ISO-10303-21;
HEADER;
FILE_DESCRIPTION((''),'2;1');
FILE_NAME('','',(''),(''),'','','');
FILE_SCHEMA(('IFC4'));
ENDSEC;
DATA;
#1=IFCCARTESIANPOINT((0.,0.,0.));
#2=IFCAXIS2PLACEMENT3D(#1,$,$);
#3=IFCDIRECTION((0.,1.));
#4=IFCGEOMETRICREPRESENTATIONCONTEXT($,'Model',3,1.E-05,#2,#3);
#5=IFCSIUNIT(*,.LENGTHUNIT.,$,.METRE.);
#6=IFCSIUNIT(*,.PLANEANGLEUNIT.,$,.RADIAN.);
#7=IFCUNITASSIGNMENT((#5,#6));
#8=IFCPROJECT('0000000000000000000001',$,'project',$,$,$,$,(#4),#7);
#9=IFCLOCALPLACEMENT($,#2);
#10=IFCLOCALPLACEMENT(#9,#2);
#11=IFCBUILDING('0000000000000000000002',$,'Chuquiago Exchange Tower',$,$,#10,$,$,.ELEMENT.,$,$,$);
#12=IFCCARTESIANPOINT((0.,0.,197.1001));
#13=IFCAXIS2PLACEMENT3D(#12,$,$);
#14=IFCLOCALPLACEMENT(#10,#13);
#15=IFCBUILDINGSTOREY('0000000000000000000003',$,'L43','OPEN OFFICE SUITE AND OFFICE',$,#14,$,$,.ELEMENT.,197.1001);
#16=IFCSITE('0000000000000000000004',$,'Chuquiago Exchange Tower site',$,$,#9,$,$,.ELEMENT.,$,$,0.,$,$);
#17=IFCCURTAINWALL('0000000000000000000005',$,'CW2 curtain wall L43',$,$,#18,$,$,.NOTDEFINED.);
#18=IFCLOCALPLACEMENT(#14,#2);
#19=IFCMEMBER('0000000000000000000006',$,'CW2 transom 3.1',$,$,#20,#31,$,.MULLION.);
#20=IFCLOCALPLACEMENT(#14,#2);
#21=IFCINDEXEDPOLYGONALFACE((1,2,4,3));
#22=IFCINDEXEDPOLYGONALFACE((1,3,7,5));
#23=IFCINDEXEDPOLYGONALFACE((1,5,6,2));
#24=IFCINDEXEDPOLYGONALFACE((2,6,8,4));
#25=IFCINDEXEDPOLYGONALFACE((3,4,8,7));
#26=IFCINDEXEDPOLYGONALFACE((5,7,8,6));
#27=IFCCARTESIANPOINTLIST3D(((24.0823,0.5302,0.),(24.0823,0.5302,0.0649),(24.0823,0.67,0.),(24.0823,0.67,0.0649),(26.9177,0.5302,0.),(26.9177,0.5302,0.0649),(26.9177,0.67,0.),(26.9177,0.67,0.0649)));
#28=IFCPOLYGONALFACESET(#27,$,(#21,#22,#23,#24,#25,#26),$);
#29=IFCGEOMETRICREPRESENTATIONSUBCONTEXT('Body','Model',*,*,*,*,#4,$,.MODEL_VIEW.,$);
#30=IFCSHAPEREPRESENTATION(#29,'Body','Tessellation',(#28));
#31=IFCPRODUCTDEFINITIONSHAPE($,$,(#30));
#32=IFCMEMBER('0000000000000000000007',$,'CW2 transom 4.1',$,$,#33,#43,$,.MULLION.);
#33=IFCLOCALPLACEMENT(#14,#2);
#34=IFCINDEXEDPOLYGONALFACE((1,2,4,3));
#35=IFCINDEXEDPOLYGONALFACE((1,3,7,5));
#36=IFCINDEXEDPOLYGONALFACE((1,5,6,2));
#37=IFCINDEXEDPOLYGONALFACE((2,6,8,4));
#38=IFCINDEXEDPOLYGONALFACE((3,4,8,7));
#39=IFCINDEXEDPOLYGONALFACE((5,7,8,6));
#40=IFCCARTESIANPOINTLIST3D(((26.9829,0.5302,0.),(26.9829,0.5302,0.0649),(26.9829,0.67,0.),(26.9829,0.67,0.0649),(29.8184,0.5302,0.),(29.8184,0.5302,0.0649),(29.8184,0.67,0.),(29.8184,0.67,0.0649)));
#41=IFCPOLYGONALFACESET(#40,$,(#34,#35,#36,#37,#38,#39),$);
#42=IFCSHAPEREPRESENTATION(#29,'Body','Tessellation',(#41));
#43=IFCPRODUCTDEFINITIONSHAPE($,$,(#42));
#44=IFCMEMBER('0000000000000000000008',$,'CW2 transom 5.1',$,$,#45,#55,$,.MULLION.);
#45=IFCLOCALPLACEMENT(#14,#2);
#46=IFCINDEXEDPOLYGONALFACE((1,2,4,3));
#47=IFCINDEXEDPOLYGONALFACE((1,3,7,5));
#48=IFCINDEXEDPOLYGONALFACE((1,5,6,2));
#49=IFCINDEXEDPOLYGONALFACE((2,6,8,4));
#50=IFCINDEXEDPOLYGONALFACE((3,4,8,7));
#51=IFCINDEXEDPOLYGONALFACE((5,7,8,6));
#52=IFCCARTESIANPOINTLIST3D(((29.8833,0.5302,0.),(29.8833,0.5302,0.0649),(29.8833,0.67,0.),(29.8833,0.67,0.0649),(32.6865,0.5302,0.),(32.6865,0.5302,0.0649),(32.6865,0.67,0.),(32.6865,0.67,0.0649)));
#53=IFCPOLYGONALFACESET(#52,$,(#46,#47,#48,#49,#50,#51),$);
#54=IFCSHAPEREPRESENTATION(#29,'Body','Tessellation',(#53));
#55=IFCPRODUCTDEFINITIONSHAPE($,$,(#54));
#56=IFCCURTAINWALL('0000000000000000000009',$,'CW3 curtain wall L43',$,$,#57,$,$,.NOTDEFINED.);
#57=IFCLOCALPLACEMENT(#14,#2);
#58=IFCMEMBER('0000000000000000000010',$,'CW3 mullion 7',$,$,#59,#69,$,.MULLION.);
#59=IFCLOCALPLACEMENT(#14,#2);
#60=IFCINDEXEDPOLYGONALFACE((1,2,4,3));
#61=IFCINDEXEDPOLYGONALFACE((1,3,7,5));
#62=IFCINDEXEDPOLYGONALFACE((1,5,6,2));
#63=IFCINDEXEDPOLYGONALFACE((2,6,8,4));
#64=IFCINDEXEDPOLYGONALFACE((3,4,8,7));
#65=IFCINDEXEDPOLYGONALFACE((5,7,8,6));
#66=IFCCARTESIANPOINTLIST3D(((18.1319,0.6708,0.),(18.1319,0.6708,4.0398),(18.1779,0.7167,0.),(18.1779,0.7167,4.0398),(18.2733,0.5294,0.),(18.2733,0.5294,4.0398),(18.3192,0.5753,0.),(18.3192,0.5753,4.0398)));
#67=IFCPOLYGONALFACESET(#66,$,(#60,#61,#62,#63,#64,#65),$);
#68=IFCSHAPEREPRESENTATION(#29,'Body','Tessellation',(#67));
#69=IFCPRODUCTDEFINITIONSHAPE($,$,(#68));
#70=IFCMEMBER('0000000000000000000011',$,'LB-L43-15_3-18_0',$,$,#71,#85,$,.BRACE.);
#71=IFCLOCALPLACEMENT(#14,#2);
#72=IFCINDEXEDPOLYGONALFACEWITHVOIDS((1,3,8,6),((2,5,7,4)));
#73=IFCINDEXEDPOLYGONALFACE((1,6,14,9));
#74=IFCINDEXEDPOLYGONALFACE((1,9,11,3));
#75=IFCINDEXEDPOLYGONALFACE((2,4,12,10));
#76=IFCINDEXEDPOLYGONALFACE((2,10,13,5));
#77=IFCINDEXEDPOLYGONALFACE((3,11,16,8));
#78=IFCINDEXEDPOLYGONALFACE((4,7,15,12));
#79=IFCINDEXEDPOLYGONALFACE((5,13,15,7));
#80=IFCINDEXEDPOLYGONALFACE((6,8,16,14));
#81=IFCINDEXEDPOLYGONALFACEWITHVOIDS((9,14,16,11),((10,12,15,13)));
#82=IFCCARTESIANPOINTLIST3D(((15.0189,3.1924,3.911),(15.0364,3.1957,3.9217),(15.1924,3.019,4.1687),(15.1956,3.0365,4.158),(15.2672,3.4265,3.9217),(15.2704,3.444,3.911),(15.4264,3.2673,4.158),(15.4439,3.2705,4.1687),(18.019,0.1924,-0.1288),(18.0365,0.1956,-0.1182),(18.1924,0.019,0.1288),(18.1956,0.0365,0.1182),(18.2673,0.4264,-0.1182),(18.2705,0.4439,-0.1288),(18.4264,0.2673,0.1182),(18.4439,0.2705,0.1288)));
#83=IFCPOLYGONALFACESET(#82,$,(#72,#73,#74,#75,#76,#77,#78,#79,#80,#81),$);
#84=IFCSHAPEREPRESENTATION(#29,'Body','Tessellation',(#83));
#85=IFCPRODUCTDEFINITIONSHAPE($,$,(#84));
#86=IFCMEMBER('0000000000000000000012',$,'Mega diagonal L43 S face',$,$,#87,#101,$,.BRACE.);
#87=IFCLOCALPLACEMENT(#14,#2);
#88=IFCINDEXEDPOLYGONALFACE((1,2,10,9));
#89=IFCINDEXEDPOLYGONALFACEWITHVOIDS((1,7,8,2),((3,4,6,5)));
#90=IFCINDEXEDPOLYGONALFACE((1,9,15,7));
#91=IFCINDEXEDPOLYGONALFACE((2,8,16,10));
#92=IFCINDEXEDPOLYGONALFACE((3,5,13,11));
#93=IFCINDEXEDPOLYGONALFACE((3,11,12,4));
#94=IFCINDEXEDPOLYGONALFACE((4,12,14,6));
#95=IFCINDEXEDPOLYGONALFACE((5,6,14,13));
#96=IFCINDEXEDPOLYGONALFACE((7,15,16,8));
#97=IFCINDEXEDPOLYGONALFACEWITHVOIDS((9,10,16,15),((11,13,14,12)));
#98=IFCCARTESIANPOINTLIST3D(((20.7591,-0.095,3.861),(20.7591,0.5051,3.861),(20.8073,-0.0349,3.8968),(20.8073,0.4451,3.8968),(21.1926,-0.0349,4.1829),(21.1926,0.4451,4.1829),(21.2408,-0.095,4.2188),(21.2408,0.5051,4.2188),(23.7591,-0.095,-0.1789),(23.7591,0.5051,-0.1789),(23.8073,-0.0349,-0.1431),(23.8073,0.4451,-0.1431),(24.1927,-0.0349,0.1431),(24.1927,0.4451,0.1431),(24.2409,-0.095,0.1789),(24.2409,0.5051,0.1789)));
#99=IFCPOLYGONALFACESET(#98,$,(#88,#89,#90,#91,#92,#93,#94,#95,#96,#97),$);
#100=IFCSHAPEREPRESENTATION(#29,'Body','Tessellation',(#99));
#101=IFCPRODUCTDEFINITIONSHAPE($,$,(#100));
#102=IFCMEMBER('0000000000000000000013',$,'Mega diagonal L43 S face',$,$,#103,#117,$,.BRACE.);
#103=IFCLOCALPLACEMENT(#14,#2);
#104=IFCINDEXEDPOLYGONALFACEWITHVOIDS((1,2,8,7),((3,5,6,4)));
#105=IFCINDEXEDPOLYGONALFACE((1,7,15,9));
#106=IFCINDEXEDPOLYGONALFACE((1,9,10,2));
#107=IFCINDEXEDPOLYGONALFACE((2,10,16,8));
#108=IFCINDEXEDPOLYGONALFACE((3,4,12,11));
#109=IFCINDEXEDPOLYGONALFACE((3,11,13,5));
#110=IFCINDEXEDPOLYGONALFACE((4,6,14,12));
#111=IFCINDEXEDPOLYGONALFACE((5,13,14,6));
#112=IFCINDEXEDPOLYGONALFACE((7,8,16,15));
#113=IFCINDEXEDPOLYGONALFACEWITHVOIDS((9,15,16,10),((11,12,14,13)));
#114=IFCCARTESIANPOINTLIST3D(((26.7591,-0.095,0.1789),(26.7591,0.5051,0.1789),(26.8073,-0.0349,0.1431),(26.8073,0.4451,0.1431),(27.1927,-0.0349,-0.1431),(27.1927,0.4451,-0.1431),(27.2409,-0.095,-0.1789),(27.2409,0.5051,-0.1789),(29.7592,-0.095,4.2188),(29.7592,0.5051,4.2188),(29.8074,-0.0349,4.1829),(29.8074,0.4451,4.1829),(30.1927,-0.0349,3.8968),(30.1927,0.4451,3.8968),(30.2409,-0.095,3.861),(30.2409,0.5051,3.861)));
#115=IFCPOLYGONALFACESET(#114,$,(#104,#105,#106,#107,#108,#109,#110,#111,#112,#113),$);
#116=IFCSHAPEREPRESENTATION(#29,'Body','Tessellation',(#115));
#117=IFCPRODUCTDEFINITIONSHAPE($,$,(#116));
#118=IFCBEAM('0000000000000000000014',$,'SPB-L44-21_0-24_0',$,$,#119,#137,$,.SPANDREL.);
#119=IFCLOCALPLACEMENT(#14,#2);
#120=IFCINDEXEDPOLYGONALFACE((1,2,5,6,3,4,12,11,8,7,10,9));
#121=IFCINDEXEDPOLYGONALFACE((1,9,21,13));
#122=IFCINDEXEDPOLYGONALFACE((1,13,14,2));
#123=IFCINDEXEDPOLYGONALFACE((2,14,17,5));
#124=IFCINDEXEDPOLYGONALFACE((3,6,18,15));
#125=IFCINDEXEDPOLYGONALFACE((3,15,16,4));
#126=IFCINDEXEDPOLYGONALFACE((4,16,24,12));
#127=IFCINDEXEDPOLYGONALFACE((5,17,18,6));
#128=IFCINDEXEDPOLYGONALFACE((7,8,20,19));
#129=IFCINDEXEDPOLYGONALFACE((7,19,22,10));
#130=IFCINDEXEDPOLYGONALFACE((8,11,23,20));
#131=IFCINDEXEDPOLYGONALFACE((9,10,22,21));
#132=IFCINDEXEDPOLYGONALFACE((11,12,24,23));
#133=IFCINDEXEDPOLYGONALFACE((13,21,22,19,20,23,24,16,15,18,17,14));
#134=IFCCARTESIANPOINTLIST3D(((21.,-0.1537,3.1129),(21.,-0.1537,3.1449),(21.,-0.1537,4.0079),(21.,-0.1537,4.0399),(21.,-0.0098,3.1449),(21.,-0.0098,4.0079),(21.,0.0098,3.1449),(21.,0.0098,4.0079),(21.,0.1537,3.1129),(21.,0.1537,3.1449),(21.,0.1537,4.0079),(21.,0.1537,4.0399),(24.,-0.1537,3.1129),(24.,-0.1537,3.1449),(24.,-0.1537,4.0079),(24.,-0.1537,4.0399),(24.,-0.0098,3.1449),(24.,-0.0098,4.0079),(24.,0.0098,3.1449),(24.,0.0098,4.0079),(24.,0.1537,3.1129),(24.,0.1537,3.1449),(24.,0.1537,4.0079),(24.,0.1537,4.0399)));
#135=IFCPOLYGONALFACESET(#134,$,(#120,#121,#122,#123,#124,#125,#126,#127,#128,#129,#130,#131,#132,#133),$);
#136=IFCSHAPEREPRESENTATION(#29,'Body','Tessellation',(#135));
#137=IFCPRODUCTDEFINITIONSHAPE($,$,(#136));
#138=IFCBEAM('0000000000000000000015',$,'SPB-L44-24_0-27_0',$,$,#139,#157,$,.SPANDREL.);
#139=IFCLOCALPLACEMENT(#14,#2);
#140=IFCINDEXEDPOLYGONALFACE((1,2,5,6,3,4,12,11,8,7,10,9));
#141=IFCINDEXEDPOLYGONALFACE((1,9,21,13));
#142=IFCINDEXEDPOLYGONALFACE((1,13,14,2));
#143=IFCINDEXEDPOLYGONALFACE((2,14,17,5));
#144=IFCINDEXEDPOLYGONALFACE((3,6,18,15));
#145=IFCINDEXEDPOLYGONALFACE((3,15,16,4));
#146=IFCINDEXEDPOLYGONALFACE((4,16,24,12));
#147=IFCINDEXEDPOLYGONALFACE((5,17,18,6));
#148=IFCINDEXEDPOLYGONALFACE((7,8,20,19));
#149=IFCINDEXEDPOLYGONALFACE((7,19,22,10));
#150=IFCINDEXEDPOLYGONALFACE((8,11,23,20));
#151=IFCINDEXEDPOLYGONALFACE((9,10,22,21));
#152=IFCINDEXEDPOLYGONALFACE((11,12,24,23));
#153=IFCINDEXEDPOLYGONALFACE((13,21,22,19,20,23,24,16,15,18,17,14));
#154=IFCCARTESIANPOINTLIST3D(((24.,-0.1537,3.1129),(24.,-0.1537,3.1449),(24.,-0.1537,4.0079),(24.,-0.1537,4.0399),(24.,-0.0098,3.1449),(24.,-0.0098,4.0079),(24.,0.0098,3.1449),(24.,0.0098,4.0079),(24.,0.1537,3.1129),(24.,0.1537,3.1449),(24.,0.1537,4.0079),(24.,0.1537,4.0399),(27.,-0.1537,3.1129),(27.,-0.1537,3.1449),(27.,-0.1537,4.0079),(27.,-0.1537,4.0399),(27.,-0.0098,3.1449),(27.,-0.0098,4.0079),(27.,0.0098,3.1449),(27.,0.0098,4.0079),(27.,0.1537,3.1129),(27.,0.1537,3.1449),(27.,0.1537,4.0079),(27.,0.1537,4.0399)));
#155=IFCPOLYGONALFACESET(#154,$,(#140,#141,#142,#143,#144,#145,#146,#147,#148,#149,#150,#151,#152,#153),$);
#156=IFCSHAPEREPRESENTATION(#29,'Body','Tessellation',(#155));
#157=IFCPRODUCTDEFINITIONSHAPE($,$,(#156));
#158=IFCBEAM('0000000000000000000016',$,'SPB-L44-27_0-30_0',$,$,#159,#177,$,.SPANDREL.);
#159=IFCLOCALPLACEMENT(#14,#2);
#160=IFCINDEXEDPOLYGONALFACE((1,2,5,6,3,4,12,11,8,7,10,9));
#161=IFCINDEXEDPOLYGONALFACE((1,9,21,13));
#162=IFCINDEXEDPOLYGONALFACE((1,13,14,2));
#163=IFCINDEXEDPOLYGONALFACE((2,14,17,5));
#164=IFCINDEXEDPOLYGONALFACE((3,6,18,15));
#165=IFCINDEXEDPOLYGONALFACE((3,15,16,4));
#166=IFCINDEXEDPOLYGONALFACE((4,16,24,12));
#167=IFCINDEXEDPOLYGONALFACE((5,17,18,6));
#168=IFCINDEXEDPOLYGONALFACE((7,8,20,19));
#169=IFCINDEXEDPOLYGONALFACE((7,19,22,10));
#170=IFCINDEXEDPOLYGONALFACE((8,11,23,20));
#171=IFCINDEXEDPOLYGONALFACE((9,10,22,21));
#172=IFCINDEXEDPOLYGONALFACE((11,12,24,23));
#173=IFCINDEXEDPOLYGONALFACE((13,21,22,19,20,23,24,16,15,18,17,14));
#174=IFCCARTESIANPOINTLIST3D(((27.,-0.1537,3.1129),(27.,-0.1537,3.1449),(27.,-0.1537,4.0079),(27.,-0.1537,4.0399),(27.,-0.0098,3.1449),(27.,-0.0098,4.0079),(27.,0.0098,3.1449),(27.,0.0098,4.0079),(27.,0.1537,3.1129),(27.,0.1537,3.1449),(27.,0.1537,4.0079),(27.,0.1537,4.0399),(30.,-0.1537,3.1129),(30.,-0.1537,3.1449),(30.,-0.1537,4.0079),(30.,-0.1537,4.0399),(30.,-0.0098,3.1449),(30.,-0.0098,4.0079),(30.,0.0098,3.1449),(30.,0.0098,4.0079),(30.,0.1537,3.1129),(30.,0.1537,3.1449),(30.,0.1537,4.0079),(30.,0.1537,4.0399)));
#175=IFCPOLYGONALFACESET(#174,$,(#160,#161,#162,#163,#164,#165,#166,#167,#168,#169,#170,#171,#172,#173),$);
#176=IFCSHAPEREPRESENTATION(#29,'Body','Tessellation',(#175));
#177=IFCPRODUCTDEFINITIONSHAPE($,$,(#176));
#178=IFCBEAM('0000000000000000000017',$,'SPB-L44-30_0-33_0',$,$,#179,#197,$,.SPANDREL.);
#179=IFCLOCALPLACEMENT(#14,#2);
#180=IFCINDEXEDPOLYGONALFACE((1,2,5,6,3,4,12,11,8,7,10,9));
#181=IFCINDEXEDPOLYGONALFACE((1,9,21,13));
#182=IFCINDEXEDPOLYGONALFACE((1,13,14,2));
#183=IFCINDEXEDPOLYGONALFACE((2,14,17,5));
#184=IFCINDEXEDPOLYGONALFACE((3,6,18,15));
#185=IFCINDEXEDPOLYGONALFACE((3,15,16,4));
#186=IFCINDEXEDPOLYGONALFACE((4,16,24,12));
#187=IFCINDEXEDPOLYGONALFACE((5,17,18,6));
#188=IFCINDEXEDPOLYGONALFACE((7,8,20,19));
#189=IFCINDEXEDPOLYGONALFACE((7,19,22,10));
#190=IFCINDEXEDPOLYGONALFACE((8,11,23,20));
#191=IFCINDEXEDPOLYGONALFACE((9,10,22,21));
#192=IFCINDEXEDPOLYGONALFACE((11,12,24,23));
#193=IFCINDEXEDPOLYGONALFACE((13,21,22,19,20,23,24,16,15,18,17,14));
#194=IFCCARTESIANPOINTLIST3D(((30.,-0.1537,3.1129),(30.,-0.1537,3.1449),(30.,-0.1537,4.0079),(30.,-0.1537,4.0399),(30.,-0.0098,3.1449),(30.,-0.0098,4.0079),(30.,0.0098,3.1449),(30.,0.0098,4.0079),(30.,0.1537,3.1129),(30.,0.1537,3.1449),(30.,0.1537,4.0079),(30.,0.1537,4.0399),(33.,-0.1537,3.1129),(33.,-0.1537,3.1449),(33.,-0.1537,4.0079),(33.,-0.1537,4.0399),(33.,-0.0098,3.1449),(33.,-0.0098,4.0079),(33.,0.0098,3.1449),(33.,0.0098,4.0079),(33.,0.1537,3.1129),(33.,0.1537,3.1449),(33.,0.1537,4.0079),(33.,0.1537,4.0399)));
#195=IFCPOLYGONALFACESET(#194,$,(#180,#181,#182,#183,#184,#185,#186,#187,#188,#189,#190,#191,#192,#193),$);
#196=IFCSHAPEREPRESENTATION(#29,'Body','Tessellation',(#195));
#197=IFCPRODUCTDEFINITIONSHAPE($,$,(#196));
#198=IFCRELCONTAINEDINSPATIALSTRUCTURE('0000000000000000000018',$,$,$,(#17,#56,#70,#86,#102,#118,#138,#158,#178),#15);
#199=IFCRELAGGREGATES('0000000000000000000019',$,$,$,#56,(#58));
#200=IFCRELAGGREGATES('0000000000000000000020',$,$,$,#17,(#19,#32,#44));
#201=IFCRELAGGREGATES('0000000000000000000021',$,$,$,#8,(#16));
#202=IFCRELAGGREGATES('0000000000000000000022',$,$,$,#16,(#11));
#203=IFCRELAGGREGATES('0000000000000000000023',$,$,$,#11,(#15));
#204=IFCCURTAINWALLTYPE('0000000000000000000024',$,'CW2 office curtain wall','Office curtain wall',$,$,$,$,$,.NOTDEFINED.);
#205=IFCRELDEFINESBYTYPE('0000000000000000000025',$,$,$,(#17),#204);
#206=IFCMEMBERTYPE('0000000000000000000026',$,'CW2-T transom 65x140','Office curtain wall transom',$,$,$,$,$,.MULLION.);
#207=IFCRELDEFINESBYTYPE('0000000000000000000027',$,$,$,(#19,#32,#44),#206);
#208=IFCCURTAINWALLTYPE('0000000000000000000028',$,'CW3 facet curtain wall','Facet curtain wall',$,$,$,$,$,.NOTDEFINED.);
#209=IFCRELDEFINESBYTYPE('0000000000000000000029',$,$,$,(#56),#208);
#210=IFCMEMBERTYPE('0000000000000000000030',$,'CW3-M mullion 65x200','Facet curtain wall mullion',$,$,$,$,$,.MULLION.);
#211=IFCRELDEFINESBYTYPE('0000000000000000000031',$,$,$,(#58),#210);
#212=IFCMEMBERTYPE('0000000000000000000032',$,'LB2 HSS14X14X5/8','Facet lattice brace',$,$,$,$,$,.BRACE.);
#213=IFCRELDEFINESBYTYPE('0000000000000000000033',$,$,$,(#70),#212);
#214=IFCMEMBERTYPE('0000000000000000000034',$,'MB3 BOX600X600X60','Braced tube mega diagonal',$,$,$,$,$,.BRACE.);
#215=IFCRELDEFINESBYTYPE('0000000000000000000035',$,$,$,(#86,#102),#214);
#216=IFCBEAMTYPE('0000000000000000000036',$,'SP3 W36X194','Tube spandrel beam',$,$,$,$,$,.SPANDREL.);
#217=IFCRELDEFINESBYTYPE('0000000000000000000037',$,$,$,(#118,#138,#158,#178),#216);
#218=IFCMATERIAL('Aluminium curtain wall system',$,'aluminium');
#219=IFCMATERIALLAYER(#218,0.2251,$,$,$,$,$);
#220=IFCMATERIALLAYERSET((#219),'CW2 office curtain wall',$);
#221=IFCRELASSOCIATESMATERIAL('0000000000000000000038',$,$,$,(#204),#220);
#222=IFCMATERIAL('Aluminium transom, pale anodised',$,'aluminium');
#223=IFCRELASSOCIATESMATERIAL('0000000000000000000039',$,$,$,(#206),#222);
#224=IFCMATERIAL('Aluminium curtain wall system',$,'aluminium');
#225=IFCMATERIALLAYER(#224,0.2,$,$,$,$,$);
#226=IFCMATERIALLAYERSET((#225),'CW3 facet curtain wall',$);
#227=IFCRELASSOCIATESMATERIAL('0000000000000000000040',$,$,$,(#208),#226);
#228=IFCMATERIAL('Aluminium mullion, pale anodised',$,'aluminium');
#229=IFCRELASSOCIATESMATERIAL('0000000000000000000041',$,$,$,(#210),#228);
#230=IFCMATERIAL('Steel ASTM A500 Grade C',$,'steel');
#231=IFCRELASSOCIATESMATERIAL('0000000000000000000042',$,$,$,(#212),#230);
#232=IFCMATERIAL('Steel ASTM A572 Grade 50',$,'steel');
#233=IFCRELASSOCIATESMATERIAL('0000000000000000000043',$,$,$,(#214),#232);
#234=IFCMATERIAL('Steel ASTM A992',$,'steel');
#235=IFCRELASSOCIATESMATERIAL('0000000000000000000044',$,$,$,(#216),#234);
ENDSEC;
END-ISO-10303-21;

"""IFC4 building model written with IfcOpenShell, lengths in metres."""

from ifc_helpers import new_model, si_unit, direction, frame, origin, origin_2d, place, context, subcontext, project, spatial, rectangle, hollow_rectangle, i_section, extrude, material, layer, layer_set, material_profile, profile_set, type_object, element, aggregate, save


model = new_model("IFC4")

# Units and contexts
model_context = context("Model", 3, precision=1e-05, world=origin(), true_north=direction((0.0, 1.0)))
body_context = subcontext(model_context, "Body", "Model", "MODEL_VIEW")
ifc_project = project(units=[si_unit("LENGTHUNIT", "METRE"), si_unit("PLANEANGLEUNIT", "RADIAN")], contexts=[model_context])

# Site, building, storey
site_placement = place(None, origin())
site = spatial("IfcSite", under=ifc_project, at=site_placement, Name="Chuquiago Exchange Tower site", CompositionType="ELEMENT", RefElevation=0.0)
building_placement = place(site_placement, origin())
building = spatial("IfcBuilding", under=site, at=building_placement, Name="Chuquiago Exchange Tower", CompositionType="ELEMENT")
storey_placement = place(building_placement, frame((0.0, 0.0, 197.1001)))
storey = spatial("IfcBuildingStorey", under=building, at=storey_placement, Name="L43", Description="OPEN OFFICE SUITE AND OFFICE", CompositionType="ELEMENT", Elevation=197.1001)

# Curtain wall, members
ifc_material_1 = material(Name="Aluminium curtain wall system", Category="aluminium")
ifc_layer_1 = layer(ifc_material_1, 0.2251)
ifc_layer_set_1 = layer_set([ifc_layer_1], Name="CW2 office curtain wall")
curtain_wall_type_1 = type_object("IfcCurtainWallType", Name="CW2 office curtain wall", Description="Office curtain wall", PredefinedType="NOTDEFINED", material=ifc_layer_set_1)
curtain_wall_1_placement = place(storey_placement, origin())
curtain_wall_1 = element("IfcCurtainWall", 1, at=curtain_wall_1_placement, inside=storey, type_object=curtain_wall_type_1, Name="CW2 curtain wall L43", PredefinedType="NOTDEFINED")
ifc_material_2 = material(Name="Aluminium transom, pale anodised", Category="aluminium")
ifc_material_profile_1 = material_profile(ifc_material_2, rectangle(XDim=0.1399, YDim=0.0649, at=origin_2d()), Name="AL 140x65")
ifc_profile_set_1 = profile_set([ifc_material_profile_1], Name="Aluminium transom, pale anodised")
member_type_1 = type_object("IfcMemberType", Name="CW2-T transom 65x140", Description="Office curtain wall transom", PredefinedType="MULLION", material=ifc_profile_set_1)
member_1_placement = place(storey_placement, frame((24.0823, 0.6001, 0.0325), z_axis=(1.0, 0.0, 0.0), x_axis=(0.0, 1.0, 0.0)))
member_1 = element("IfcMember", 2, at=member_1_placement, type_object=member_type_1, Name="CW2 transom 3.1", PredefinedType="MULLION", context=body_context, shape_type="SweptSolid", body=[
    extrude(rectangle(XDim=0.1399, YDim=0.0649, at=origin_2d()), origin(), (0.0, 0.0, 1.0), 2.8354),
])
member_2_placement = place(storey_placement, frame((26.9829, 0.6001, 0.0325), z_axis=(1.0, 0.0, 0.0), x_axis=(0.0, 1.0, 0.0)))
member_2 = element("IfcMember", 3, at=member_2_placement, type_object=member_type_1, Name="CW2 transom 4.1", PredefinedType="MULLION", context=body_context, shape_type="SweptSolid", body=[
    extrude(rectangle(XDim=0.1399, YDim=0.0649, at=origin_2d()), origin(), (0.0, 0.0, 1.0), 2.8354),
])
member_3_placement = place(storey_placement, frame((29.8833, 0.6001, 0.0325), z_axis=(1.0, 0.0, 0.0), x_axis=(0.0, 1.0, 0.0)))
member_3 = element("IfcMember", 4, at=member_3_placement, type_object=member_type_1, Name="CW2 transom 5.1", PredefinedType="MULLION", context=body_context, shape_type="SweptSolid", body=[
    extrude(rectangle(XDim=0.1399, YDim=0.0649, at=origin_2d()), origin(), (0.0, 0.0, 1.0), 2.8032),
])

# Curtain wall, member
ifc_material_3 = material(Name="Aluminium curtain wall system", Category="aluminium")
ifc_layer_2 = layer(ifc_material_3, 0.2)
ifc_layer_set_2 = layer_set([ifc_layer_2], Name="CW3 facet curtain wall")
curtain_wall_type_2 = type_object("IfcCurtainWallType", Name="CW3 facet curtain wall", Description="Facet curtain wall", PredefinedType="NOTDEFINED", material=ifc_layer_set_2)
curtain_wall_2_placement = place(storey_placement, origin())
curtain_wall_2 = element("IfcCurtainWall", 5, at=curtain_wall_2_placement, inside=storey, type_object=curtain_wall_type_2, Name="CW3 curtain wall L43", PredefinedType="NOTDEFINED")
ifc_material_4 = material(Name="Aluminium mullion, pale anodised", Category="aluminium")
ifc_material_profile_2 = material_profile(ifc_material_4, rectangle(XDim=0.0649, YDim=0.2, at=origin_2d()), Name="AL 65x200")
ifc_profile_set_2 = profile_set([ifc_material_profile_2], Name="Aluminium mullion, pale anodised")
member_type_2 = type_object("IfcMemberType", Name="CW3-M mullion 65x200", Description="Facet curtain wall mullion", PredefinedType="MULLION", material=ifc_profile_set_2)
member_4_placement = place(storey_placement, frame((18.2256, 0.623, 0.0), z_axis=(0.0, 0.0, 1.0), x_axis=(0.707107, 0.707107, 0.0)))
member_4 = element("IfcMember", 6, at=member_4_placement, type_object=member_type_2, Name="CW3 mullion 7", PredefinedType="MULLION", context=body_context, shape_type="SweptSolid", body=[
    extrude(rectangle(XDim=0.0649, YDim=0.2, at=origin_2d()), origin(), (0.0, 0.0, 1.0), 4.0398),
])
aggregate(curtain_wall_2, [member_4])

# Members
ifc_material_5 = material(Name="Steel ASTM A500 Grade C", Category="steel")
ifc_material_profile_3 = material_profile(ifc_material_5, hollow_rectangle(XDim=0.3557, YDim=0.3557, WallThickness=0.0146, at=origin_2d()), Name="HSS14X14X5/8")
ifc_profile_set_3 = profile_set([ifc_material_profile_3], Name="Steel ASTM A500 Grade C")
member_type_3 = type_object("IfcMemberType", Name="LB2 HSS14X14X5/8", Description="Facet lattice brace", PredefinedType="BRACE", material=ifc_profile_set_3)
member_5_placement = place(storey_placement, frame((18.2314, 0.2314, 0.0), z_axis=(-0.512092, 0.512092, 0.689582), x_axis=(-0.707107, -0.707107, 0.0)))
element("IfcMember", 7, at=member_5_placement, inside=storey, type_object=member_type_3, Name="LB-L43-15_3-18_0", PredefinedType="BRACE", context=body_context, shape_type="SweptSolid", body=[
    extrude(hollow_rectangle(XDim=0.3557, YDim=0.3557, WallThickness=0.0146, at=origin_2d()), origin(), (0.0, 0.0, 1.0), 5.8584),
])
ifc_material_6 = material(Name="Steel ASTM A572 Grade 50", Category="steel")
ifc_material_profile_4 = material_profile(ifc_material_6, hollow_rectangle(XDim=0.6001, YDim=0.6001, WallThickness=0.0601, at=origin_2d()), Name="BOX600X600X60")
ifc_profile_set_4 = profile_set([ifc_material_profile_4], Name="Steel ASTM A572 Grade 50")
member_type_4 = type_object("IfcMemberType", Name="MB3 BOX600X600X60", Description="Braced tube mega diagonal", PredefinedType="BRACE", material=ifc_profile_set_4)
for number, where, z_axis, x_axis, name in (
    (8, (24.0, 0.2051, 0.0), (-0.596197, 0.0, 0.802838), (0.0, -1.0, 0.0), "Mega diagonal L43 S face"),
    (9, (27.0, 0.2051, 0.0), (0.596197, 0.0, 0.802838), (0.0, 1.0, 0.0), "Mega diagonal L43 S face"),
):
    element("IfcMember", number, at=place(storey_placement, frame(where, z_axis=z_axis, x_axis=x_axis)), inside=storey, type_object=member_type_4, Name=name, PredefinedType="BRACE", context=body_context, shape_type="SweptSolid", body=[
        extrude(hollow_rectangle(XDim=0.6001, YDim=0.6001, WallThickness=0.0601, at=origin_2d()), origin(), (0.0, 0.0, 1.0), 5.032),
    ])

# Beams
ifc_material_7 = material(Name="Steel ASTM A992", Category="steel")
ifc_material_profile_5 = material_profile(ifc_material_7, i_section(OverallWidth=0.3074, OverallDepth=0.927, WebThickness=0.0195, FlangeThickness=0.032, at=origin_2d()), Name="W36X194")
ifc_profile_set_5 = profile_set([ifc_material_profile_5], Name="Steel ASTM A992")
beam_type = type_object("IfcBeamType", Name="SP3 W36X194", Description="Tube spandrel beam", PredefinedType="SPANDREL", material=ifc_profile_set_5)
for number, where, z_axis, x_axis, name in (
    (10, (21.0, 0.0, 3.5764), (1.0, 0.0, 0.0), (0.0, 1.0, 0.0), "SPB-L44-21_0-24_0"),
    (11, (24.0, 0.0, 3.5764), (1.0, 0.0, 0.0), (0.0, 1.0, 0.0), "SPB-L44-24_0-27_0"),
    (12, (27.0, 0.0, 3.5764), (1.0, 0.0, 0.0), (0.0, 1.0, 0.0), "SPB-L44-27_0-30_0"),
    (13, (30.0, 0.0, 3.5764), (1.0, 0.0, 0.0), (0.0, 1.0, 0.0), "SPB-L44-30_0-33_0"),
):
    element("IfcBeam", number, at=place(storey_placement, frame(where, z_axis=z_axis, x_axis=x_axis)), inside=storey, type_object=beam_type, Name=name, PredefinedType="SPANDREL", context=body_context, shape_type="SweptSolid", body=[
        extrude(i_section(OverallWidth=0.3074, OverallDepth=0.927, WebThickness=0.0195, FlangeThickness=0.032, at=origin_2d()), origin(), (0.0, 0.0, 1.0), 3.0),
    ])

aggregate(curtain_wall_1, [member_1, member_2, member_3])

save(model, "model.ifc")
